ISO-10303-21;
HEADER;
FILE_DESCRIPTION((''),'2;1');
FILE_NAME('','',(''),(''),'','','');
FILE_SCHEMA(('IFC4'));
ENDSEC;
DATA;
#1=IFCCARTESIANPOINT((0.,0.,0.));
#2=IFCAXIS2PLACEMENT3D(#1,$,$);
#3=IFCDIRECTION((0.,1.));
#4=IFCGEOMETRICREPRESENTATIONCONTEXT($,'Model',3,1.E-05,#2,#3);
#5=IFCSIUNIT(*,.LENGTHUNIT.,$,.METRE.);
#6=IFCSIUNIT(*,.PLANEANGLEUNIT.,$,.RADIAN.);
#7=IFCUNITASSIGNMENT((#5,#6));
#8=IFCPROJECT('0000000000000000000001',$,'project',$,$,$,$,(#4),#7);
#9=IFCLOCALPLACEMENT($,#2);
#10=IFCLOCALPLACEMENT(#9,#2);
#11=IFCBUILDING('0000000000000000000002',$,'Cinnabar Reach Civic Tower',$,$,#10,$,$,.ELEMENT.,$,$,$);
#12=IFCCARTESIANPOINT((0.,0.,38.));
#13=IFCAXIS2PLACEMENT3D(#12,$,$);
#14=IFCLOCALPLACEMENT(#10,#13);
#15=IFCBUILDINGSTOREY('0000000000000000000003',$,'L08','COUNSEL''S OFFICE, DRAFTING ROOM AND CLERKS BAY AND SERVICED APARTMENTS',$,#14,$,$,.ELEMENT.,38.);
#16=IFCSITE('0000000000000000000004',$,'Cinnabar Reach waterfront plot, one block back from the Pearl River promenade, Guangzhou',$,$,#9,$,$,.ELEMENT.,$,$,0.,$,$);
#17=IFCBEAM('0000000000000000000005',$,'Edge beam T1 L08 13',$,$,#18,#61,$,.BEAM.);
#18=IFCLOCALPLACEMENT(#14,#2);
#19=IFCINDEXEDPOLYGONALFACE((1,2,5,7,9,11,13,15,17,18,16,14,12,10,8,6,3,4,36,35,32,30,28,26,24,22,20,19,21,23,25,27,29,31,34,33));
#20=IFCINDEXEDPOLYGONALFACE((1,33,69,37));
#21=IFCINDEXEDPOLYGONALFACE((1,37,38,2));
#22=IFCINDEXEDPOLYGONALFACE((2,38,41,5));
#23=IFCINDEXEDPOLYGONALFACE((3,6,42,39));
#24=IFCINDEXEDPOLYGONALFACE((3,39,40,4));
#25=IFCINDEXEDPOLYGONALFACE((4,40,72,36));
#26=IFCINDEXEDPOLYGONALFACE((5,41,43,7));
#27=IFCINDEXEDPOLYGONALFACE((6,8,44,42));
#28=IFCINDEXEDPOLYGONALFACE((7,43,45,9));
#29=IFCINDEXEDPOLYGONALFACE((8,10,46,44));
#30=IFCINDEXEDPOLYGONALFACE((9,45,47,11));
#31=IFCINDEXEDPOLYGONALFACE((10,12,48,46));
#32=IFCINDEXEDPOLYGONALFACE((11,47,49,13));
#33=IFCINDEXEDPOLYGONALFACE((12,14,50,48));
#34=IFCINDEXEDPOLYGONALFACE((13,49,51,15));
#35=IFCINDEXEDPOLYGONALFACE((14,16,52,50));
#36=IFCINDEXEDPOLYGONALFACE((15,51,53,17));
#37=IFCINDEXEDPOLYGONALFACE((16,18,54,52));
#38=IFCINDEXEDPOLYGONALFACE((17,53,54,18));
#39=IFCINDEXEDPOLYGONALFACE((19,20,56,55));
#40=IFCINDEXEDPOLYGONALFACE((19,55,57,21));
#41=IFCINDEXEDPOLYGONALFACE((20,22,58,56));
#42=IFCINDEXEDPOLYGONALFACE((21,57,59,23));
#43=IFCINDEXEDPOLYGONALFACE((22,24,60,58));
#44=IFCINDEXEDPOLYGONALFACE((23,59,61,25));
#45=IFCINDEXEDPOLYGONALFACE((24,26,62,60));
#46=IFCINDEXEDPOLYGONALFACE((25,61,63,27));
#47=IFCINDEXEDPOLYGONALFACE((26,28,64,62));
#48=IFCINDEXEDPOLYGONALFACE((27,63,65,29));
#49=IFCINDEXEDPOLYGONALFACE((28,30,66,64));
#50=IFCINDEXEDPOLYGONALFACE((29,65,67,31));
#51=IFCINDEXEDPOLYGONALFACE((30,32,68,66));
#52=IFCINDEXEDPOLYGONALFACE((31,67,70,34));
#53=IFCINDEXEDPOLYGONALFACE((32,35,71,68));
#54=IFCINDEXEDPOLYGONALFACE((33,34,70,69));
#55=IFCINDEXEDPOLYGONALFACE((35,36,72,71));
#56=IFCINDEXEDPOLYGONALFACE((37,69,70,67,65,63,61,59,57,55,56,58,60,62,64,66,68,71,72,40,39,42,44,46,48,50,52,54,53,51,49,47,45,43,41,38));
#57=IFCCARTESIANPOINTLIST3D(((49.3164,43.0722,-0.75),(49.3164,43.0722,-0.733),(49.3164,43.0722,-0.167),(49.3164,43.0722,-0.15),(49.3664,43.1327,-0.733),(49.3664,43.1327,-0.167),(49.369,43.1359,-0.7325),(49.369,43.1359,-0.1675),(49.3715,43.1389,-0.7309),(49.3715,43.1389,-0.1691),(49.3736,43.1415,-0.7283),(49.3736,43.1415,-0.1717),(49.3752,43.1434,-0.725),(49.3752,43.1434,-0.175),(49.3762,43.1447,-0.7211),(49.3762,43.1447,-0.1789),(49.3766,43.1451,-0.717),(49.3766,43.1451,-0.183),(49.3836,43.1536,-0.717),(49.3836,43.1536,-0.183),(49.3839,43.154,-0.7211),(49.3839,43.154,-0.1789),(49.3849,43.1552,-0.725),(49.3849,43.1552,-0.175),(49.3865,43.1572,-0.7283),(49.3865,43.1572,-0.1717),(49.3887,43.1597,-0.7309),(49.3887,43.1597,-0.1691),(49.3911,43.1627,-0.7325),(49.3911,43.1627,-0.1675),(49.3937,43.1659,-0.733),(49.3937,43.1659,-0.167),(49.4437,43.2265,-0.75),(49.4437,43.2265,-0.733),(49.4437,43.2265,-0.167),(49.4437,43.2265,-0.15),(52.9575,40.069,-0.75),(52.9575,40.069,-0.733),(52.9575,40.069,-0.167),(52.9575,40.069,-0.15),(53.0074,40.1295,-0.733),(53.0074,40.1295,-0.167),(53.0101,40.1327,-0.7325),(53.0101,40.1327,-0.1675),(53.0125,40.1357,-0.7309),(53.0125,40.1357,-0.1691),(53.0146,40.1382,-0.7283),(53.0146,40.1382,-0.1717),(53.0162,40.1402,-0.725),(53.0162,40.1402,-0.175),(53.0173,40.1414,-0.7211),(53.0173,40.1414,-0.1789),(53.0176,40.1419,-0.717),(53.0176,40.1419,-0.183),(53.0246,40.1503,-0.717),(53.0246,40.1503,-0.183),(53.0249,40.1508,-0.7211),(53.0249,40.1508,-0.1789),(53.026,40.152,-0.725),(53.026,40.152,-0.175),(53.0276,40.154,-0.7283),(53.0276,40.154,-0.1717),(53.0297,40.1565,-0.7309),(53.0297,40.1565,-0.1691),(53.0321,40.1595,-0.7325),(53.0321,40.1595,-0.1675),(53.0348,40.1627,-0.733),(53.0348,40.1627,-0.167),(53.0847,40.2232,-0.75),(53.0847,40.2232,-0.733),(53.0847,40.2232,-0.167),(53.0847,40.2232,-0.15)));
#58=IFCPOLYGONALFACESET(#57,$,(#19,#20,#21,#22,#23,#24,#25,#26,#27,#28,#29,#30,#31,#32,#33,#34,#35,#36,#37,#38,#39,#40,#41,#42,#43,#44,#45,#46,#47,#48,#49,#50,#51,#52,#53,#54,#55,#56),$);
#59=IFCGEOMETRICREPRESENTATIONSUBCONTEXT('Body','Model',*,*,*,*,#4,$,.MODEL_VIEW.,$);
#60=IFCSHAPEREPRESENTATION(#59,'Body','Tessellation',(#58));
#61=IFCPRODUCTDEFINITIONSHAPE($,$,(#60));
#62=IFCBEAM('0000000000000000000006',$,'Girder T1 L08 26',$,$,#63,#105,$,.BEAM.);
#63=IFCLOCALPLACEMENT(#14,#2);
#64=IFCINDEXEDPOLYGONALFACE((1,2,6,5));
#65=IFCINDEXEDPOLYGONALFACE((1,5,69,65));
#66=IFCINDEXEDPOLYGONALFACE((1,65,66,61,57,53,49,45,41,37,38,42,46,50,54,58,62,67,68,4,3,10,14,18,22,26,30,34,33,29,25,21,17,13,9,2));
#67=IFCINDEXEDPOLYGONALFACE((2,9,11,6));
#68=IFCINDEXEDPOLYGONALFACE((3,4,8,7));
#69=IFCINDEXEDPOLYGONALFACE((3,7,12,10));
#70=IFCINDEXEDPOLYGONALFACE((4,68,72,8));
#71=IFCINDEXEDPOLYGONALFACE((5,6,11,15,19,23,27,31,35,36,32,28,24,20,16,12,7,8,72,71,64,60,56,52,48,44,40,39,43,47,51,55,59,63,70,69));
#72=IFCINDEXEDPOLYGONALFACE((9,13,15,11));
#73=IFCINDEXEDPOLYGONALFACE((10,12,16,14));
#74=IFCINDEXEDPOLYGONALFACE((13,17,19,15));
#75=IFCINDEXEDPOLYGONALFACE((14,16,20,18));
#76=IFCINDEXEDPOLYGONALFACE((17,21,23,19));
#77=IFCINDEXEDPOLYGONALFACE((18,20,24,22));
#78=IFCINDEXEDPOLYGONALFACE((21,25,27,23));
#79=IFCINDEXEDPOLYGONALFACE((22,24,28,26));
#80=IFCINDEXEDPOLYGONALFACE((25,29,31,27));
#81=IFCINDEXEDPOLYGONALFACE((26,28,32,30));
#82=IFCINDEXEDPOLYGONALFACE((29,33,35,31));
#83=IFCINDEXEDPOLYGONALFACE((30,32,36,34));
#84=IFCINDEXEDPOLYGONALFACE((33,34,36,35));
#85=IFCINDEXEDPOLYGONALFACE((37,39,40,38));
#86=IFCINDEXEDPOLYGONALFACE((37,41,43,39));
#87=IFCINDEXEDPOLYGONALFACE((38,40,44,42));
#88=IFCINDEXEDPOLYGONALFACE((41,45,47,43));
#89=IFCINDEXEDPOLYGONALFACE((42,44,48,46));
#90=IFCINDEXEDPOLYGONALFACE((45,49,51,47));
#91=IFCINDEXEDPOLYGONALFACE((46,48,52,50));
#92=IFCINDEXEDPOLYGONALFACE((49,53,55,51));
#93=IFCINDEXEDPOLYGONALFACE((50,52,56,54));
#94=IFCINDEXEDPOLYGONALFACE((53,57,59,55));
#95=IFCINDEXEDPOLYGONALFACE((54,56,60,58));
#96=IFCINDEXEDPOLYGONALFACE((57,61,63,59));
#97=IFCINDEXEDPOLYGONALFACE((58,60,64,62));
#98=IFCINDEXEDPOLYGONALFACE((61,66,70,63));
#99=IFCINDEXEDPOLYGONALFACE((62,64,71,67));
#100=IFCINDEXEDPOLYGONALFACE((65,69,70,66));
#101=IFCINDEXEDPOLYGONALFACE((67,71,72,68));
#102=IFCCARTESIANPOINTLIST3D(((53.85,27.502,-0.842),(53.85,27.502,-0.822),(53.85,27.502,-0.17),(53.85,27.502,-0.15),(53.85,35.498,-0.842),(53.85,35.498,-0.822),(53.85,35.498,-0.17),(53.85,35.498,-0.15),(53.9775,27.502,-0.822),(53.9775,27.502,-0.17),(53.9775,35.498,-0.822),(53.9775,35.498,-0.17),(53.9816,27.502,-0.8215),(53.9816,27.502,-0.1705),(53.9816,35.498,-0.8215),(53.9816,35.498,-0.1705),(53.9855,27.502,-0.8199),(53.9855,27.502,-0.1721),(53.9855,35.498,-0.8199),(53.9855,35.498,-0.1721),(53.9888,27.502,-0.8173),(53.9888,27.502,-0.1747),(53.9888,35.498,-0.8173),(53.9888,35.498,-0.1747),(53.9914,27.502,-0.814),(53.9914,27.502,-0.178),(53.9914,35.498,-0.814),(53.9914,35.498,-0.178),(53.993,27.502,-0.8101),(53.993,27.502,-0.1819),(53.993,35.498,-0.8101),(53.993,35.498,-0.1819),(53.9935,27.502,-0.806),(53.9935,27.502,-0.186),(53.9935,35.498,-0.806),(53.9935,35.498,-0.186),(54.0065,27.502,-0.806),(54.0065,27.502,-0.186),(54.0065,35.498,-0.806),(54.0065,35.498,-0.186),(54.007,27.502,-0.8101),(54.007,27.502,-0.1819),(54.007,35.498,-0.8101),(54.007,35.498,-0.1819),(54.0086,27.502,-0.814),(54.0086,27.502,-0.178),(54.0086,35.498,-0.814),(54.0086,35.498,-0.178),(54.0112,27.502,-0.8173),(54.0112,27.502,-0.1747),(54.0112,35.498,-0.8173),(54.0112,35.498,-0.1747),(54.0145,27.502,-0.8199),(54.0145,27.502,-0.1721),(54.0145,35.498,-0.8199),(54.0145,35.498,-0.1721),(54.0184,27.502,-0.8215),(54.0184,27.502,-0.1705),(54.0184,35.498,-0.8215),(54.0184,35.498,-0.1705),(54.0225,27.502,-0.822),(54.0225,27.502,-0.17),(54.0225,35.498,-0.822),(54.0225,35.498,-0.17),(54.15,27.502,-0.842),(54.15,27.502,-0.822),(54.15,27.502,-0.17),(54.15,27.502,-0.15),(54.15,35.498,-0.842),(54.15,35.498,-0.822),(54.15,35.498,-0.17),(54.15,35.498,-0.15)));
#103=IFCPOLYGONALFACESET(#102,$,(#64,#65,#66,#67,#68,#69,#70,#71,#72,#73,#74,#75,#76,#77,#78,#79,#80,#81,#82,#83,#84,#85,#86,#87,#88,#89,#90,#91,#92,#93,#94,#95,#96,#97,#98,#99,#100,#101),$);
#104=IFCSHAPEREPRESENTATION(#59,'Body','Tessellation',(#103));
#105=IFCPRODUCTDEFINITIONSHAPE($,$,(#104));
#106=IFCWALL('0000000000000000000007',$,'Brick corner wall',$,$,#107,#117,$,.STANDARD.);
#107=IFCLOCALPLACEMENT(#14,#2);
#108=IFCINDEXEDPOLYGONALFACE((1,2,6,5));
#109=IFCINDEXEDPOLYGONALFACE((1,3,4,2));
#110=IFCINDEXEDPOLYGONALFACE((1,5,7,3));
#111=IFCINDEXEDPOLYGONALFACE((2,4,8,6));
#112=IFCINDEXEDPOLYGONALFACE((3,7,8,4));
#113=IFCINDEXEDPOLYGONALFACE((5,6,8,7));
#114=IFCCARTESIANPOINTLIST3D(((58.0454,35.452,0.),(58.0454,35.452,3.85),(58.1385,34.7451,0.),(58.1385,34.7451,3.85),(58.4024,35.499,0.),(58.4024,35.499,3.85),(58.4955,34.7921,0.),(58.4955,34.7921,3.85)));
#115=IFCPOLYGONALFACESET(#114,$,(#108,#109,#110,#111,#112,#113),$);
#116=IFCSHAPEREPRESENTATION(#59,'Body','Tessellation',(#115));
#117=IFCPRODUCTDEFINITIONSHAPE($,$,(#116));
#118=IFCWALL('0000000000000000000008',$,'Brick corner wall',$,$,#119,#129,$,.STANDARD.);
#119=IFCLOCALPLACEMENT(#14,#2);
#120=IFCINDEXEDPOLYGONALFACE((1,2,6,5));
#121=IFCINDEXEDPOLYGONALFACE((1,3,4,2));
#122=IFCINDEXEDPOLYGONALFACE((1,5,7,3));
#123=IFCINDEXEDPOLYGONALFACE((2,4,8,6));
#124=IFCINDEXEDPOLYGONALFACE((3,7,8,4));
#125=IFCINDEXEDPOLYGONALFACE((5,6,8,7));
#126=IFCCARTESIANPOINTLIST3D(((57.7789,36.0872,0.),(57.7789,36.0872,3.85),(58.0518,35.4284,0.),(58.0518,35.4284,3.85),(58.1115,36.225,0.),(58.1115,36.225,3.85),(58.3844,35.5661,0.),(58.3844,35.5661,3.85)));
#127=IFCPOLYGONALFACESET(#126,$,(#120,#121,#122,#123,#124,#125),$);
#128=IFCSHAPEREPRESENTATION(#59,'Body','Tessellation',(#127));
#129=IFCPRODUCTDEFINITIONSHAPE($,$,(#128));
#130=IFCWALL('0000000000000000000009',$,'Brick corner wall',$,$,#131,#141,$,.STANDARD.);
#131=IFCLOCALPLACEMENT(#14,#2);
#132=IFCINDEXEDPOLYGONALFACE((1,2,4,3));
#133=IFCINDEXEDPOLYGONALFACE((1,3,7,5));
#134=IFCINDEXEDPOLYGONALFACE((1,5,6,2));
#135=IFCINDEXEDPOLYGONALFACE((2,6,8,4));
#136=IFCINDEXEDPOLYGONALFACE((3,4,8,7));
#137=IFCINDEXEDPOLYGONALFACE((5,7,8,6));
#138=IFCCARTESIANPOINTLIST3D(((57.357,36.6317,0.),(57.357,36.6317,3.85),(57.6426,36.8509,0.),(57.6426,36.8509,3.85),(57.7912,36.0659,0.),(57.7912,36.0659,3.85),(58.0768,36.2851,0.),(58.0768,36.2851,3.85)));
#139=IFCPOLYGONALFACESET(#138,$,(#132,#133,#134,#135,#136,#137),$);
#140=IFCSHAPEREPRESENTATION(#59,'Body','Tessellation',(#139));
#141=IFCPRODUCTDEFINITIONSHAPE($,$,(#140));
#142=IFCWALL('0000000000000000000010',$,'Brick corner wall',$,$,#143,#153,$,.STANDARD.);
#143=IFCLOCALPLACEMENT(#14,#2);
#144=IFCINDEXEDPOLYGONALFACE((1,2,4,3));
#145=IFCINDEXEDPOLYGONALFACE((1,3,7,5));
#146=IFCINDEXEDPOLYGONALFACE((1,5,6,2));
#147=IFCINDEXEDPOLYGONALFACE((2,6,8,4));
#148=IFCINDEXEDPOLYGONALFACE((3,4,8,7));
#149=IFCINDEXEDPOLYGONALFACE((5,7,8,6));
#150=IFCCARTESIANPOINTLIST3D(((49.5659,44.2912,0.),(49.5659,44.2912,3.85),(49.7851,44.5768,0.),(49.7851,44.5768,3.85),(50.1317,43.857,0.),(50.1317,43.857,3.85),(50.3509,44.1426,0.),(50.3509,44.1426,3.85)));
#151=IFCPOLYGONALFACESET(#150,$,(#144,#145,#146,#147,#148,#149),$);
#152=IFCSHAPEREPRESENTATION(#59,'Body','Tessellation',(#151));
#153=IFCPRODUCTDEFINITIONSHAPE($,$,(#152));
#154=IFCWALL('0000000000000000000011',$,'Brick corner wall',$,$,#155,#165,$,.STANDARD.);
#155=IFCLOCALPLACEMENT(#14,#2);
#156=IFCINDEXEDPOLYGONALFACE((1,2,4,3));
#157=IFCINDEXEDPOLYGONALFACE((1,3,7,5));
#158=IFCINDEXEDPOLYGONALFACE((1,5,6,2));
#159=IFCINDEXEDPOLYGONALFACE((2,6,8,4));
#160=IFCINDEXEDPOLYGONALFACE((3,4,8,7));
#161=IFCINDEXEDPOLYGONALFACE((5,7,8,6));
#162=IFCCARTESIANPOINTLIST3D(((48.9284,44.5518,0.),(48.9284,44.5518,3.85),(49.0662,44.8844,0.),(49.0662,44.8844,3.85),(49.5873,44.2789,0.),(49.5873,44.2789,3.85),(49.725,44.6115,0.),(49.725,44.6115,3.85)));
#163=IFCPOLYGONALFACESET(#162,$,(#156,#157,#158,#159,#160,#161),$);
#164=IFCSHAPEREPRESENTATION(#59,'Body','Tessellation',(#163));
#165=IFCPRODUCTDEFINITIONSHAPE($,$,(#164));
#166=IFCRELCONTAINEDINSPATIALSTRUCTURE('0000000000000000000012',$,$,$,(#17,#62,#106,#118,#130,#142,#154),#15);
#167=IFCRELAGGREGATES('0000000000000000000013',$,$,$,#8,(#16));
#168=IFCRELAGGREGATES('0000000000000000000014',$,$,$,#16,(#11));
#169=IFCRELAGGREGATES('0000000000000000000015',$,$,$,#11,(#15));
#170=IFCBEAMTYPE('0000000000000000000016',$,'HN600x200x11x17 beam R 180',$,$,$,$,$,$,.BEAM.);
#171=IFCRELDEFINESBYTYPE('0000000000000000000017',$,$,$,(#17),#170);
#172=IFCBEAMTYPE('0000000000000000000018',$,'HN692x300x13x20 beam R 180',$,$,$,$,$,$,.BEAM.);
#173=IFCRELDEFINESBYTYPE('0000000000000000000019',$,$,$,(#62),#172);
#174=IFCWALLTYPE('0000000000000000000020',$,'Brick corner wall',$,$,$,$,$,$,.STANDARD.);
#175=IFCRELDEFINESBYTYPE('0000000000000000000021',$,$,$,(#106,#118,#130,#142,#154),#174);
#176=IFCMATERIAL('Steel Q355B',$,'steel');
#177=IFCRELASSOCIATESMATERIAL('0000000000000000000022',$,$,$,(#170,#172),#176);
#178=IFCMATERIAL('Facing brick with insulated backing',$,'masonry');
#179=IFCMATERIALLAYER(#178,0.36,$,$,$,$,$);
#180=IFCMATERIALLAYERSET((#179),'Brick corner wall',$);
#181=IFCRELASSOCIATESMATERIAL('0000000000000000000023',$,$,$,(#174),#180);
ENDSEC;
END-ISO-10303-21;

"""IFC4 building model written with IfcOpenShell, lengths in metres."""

from ifc_helpers import new_model, si_unit, direction, frame, frame_2d, origin, origin_2d, place, context, subcontext, project, spatial, rectangle, i_section, extrude, material, layer, layer_set, material_profile, profile_set, type_object, element, save


model = new_model("IFC4")

# Units and contexts
model_context = context("Model", 3, precision=1e-05, world=origin(), true_north=direction((0.0, 1.0)))
body_context = subcontext(model_context, "Body", "Model", "MODEL_VIEW")
ifc_project = project(units=[si_unit("LENGTHUNIT", "METRE"), si_unit("PLANEANGLEUNIT", "RADIAN")], contexts=[model_context])

# Site, building, storey
site_placement = place(None, origin())
site = spatial("IfcSite", under=ifc_project, at=site_placement, Name="Cinnabar Reach waterfront plot, one block back from the Pearl River promenade, Guangzhou", CompositionType="ELEMENT", RefElevation=0.0)
building_placement = place(site_placement, origin())
building = spatial("IfcBuilding", under=site, at=building_placement, Name="Cinnabar Reach Civic Tower", CompositionType="ELEMENT")
storey_placement = place(building_placement, frame((0.0, 0.0, 38.0)))
storey = spatial("IfcBuildingStorey", under=building, at=storey_placement, Name="L08", Description="COUNSEL'S OFFICE, DRAFTING ROOM AND CLERKS BAY AND SERVICED APARTMENTS", CompositionType="ELEMENT", Elevation=38.0)

# Beams
ifc_material_1 = material(Name="Steel Q355B", Category="steel")
ifc_material_profile_1 = material_profile(ifc_material_1, i_section(OverallWidth=0.2, OverallDepth=0.6, WebThickness=0.011, FlangeThickness=0.017, FilletRadius=0.016, at=origin_2d()), Name="HN600x200x11x17")
ifc_profile_set_1 = profile_set([ifc_material_profile_1], Name="Steel Q355B")
beam_type_1 = type_object("IfcBeamType", Name="HN600x200x11x17 beam R 180", PredefinedType="BEAM", material=ifc_profile_set_1)
for number, where, z_axis, x_axis, name in (
    (1, (53.0211, 40.1461, -0.45), (-0.771438, 0.636304, 0.0), (-0.636304, -0.771438, 0.0), "Edge beam T1 L08 13"),
):
    element("IfcBeam", number, at=place(storey_placement, frame(where, z_axis=z_axis, x_axis=x_axis)), inside=storey, type_object=beam_type_1, Name=name, PredefinedType="BEAM", context=body_context, shape_type="SweptSolid", body=[
        extrude(i_section(OverallWidth=0.2, OverallDepth=0.6, WebThickness=0.011, FlangeThickness=0.017, FilletRadius=0.016, at=origin_2d()), origin(), (0.0, 0.0, 1.0), 4.7198),
    ])
ifc_material_profile_2 = material_profile(ifc_material_1, i_section(OverallWidth=0.3, OverallDepth=0.692, WebThickness=0.013, FlangeThickness=0.02, FilletRadius=0.016, at=origin_2d()), Name="HN692x300x13x20")
ifc_profile_set_2 = profile_set([ifc_material_profile_2], Name="Steel Q355B")
beam_type_2 = type_object("IfcBeamType", Name="HN692x300x13x20 beam R 180", PredefinedType="BEAM", material=ifc_profile_set_2)
beam_1_placement = place(storey_placement, frame((54.0, 27.502, -0.496), z_axis=(0.0, 1.0, 0.0), x_axis=(-1.0, 0.0, 0.0)))
element("IfcBeam", 2, at=beam_1_placement, inside=storey, type_object=beam_type_2, Name="Girder T1 L08 26", PredefinedType="BEAM", context=body_context, shape_type="SweptSolid", body=[
    extrude(i_section(OverallWidth=0.3, OverallDepth=0.692, WebThickness=0.013, FlangeThickness=0.02, FilletRadius=0.016, at=origin_2d()), origin(), (0.0, 0.0, 1.0), 7.996),
])

# Walls
ifc_material_2 = material(Name="Facing brick with insulated backing", Category="masonry")
ifc_layer_1 = layer(ifc_material_2, 0.36)
ifc_layer_set_1 = layer_set([ifc_layer_1], Name="Brick corner wall")
wall_type_1 = type_object("IfcWallType", Name="Brick corner wall", PredefinedType="STANDARD", material=ifc_layer_set_1)
for number, where, z_axis, x_axis, name in (
    (3, (58.317, 34.7686, 0.0), (0.0, 0.0, 1.0), (-0.130556, 0.991441, 0.0), "Brick corner wall"),
    (4, (58.2181, 35.4973, 0.0), (0.0, 0.0, 1.0), (-0.382703, 0.923872, 0.0), "Brick corner wall"),
):
    element("IfcWall", number, at=place(storey_placement, frame(where, z_axis=z_axis, x_axis=x_axis)), inside=storey, type_object=wall_type_1, Name=name, PredefinedType="STANDARD", context=body_context, shape_type="SweptSolid", body=[
        extrude(rectangle(XDim=0.7131, YDim=0.36, at=frame_2d((0.3565, 0.0))), origin(), (0.0, 0.0, 1.0), 3.85),
    ])
for number, where, z_axis, x_axis, name in (
    (5, (57.934, 36.1755, 0.0), (0.0, 0.0, 1.0), (-0.608802, 0.793322, 0.0), "Brick corner wall"),
    (6, (50.2413, 43.9998, 0.0), (0.0, 0.0, 1.0), (-0.793322, 0.608802, 0.0), "Brick corner wall"),
):
    element("IfcWall", number, at=place(storey_placement, frame(where, z_axis=z_axis, x_axis=x_axis)), inside=storey, type_object=wall_type_1, Name=name, PredefinedType="STANDARD", context=body_context, shape_type="SweptSolid", body=[
        extrude(rectangle(XDim=0.7132, YDim=0.36, at=frame_2d((0.3566, 0.0))), origin(), (0.0, 0.0, 1.0), 3.85),
    ])
wall_1_placement = place(storey_placement, frame((49.6561, 44.4452, 0.0), z_axis=(0.0, 0.0, 1.0), x_axis=(-0.923872, 0.382703, 0.0)))
element("IfcWall", 7, at=wall_1_placement, inside=storey, type_object=wall_type_1, Name="Brick corner wall", PredefinedType="STANDARD", context=body_context, shape_type="SweptSolid", body=[
    extrude(rectangle(XDim=0.7131, YDim=0.36, at=frame_2d((0.3565, 0.0))), origin(), (0.0, 0.0, 1.0), 3.85),
])

save(model, "model.ifc")
